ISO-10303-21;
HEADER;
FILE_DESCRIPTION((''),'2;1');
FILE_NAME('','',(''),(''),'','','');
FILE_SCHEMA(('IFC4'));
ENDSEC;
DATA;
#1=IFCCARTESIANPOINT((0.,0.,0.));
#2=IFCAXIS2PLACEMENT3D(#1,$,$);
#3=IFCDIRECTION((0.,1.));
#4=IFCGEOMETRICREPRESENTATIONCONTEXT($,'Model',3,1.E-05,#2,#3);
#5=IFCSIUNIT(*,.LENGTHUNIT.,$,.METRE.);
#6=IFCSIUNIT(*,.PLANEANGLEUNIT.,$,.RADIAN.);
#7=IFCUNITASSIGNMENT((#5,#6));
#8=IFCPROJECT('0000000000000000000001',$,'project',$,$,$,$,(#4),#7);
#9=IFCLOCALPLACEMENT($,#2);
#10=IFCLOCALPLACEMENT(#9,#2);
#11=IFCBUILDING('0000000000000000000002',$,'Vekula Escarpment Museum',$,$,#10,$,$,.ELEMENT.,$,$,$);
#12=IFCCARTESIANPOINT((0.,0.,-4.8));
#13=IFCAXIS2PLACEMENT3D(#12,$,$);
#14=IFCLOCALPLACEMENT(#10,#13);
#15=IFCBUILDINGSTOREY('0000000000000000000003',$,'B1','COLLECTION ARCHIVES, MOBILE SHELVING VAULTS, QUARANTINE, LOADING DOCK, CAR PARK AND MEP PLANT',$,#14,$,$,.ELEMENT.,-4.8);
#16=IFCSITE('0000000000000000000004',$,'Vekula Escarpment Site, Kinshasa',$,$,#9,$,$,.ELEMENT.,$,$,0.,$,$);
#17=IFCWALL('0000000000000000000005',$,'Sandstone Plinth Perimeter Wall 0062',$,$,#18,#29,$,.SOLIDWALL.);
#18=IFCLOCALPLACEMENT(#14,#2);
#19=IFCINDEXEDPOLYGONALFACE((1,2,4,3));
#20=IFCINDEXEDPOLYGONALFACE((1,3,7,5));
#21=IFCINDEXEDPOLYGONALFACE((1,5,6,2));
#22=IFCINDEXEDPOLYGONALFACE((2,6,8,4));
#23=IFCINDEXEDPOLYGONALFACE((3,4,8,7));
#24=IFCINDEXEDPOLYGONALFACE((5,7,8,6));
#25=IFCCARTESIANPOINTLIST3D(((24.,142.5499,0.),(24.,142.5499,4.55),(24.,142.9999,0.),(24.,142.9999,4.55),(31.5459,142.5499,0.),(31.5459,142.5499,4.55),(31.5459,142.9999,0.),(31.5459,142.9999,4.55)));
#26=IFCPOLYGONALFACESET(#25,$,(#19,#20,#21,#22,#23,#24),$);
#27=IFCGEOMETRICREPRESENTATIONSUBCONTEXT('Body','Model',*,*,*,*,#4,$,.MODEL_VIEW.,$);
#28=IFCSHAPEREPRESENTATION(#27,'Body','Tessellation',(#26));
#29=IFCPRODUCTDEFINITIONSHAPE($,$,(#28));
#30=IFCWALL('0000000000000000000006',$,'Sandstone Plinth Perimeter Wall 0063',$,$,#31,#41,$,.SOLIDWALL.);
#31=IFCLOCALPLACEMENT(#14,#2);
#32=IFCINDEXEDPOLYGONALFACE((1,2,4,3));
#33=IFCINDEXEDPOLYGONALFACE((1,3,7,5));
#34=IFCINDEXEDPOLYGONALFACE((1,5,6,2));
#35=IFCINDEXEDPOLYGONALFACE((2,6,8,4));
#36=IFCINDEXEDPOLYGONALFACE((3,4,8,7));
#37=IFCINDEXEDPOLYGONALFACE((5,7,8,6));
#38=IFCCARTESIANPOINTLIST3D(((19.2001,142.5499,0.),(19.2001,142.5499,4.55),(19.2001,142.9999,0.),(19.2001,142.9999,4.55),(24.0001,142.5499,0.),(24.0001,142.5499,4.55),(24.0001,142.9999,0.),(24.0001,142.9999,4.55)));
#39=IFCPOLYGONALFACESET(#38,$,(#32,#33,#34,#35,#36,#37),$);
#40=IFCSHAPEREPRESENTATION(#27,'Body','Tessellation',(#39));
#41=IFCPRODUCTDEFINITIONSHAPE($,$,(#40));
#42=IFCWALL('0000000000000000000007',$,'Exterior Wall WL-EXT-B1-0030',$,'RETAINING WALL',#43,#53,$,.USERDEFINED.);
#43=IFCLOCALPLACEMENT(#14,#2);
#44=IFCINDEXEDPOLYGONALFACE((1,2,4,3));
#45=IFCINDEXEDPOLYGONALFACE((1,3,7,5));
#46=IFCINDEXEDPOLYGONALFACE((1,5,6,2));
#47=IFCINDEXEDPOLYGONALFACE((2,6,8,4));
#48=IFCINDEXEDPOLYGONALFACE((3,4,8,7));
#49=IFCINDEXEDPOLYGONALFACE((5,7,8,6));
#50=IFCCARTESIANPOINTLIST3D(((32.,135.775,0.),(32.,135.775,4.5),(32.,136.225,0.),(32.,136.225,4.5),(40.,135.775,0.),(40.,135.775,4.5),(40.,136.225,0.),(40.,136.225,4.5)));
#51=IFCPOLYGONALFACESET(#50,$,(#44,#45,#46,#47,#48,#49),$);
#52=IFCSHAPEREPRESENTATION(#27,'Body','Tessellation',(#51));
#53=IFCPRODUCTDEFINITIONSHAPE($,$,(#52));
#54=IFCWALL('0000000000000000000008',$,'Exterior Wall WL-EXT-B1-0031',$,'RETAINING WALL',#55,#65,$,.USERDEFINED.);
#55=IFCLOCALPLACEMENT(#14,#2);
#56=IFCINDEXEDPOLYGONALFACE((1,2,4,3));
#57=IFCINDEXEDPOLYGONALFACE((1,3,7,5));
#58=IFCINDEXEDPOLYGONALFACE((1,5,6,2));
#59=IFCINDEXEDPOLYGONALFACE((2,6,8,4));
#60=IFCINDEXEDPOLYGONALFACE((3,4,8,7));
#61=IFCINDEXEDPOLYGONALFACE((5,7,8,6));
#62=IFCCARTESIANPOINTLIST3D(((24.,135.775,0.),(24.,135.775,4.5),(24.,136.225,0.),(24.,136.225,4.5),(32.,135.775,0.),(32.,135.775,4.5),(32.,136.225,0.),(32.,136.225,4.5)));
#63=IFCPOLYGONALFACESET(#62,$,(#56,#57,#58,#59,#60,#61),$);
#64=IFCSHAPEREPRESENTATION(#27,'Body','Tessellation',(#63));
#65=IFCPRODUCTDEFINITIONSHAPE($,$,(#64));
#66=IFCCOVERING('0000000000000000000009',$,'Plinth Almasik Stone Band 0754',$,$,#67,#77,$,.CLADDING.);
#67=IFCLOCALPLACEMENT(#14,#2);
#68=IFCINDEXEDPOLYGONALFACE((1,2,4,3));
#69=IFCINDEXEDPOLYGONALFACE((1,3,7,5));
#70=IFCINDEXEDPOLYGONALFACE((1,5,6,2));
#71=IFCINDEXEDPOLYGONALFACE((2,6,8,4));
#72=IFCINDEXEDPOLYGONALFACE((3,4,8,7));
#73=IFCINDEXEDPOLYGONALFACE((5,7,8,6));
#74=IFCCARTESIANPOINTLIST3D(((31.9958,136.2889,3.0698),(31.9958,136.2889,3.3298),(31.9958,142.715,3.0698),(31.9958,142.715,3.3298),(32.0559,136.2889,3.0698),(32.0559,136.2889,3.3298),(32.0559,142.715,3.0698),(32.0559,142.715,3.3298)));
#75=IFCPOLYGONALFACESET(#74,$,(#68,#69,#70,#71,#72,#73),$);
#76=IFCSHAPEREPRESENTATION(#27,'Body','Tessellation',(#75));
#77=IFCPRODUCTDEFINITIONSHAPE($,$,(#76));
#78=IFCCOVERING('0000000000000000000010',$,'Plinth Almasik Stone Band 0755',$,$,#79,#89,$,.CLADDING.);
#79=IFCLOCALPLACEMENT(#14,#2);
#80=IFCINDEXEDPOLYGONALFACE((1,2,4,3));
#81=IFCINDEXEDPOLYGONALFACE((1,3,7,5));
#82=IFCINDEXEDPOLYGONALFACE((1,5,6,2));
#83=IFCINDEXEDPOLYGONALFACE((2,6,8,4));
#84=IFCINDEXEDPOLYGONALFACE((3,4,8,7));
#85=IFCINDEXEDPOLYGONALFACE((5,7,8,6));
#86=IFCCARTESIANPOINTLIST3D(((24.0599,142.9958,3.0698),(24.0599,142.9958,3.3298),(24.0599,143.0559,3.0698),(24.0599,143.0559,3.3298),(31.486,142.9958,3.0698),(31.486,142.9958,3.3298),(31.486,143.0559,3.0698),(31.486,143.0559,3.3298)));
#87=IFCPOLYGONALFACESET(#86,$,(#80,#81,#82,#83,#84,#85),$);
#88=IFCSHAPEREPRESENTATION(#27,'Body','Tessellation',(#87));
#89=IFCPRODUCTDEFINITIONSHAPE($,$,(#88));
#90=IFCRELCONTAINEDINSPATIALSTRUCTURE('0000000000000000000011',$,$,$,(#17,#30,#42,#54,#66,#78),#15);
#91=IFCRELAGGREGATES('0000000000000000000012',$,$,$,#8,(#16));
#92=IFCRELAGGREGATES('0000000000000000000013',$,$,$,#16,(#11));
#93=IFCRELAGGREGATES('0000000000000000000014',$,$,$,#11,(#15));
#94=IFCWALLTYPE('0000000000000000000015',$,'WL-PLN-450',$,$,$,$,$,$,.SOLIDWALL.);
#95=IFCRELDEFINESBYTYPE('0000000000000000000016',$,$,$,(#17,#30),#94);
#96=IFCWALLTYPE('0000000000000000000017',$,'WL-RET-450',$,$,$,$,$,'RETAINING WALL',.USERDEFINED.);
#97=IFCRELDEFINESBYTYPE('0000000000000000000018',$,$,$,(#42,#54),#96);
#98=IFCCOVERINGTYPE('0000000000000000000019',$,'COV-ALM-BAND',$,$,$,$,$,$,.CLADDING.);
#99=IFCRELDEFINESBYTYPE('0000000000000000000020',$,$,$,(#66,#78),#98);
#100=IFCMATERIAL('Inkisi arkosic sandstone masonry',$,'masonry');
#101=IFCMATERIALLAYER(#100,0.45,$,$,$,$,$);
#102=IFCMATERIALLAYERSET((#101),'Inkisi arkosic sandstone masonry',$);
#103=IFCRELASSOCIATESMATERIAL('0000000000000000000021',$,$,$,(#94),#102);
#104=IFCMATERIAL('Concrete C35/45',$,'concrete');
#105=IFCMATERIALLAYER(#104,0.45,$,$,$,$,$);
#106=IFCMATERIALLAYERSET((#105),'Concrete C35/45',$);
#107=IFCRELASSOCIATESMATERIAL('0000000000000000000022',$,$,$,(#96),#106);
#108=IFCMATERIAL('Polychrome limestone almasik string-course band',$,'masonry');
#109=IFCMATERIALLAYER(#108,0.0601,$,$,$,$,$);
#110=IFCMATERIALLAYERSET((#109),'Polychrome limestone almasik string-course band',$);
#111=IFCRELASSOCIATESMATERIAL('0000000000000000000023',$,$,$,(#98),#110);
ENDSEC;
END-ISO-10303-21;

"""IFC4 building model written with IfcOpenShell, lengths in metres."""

from ifc_helpers import new_model, si_unit, direction, frame, frame_2d, origin, origin_2d, place, context, subcontext, project, spatial, rectangle, extrude, material, layer, layer_set, type_object, element, save


model = new_model("IFC4")

# Units and contexts
model_context = context("Model", 3, precision=1e-05, world=origin(), true_north=direction((0.0, 1.0)))
body_context = subcontext(model_context, "Body", "Model", "MODEL_VIEW")
ifc_project = project(units=[si_unit("LENGTHUNIT", "METRE"), si_unit("PLANEANGLEUNIT", "RADIAN")], contexts=[model_context])

# Site, building, storey
site_placement = place(None, origin())
site = spatial("IfcSite", under=ifc_project, at=site_placement, Name="Vekula Escarpment Site, Kinshasa", CompositionType="ELEMENT", RefElevation=0.0)
building_placement = place(site_placement, origin())
building = spatial("IfcBuilding", under=site, at=building_placement, Name="Vekula Escarpment Museum", CompositionType="ELEMENT")
storey_placement = place(building_placement, frame((0.0, 0.0, -4.8)))
storey = spatial("IfcBuildingStorey", under=building, at=storey_placement, Name="B1", Description="COLLECTION ARCHIVES, MOBILE SHELVING VAULTS, QUARANTINE, LOADING DOCK, CAR PARK AND MEP PLANT", CompositionType="ELEMENT", Elevation=-4.8)

# Walls
ifc_material_1 = material(Name="Inkisi arkosic sandstone masonry", Category="masonry")
ifc_layer_1 = layer(ifc_material_1, 0.45)
ifc_layer_set_1 = layer_set([ifc_layer_1], Name="Inkisi arkosic sandstone masonry")
wall_type_1 = type_object("IfcWallType", Name="WL-PLN-450", PredefinedType="SOLIDWALL", material=ifc_layer_set_1)
wall_1_placement = place(storey_placement, frame((31.5459, 142.7749, 0.0), z_axis=(0.0, 0.0, 1.0), x_axis=(-1.0, 0.0, 0.0)))
element("IfcWall", 1, at=wall_1_placement, inside=storey, type_object=wall_type_1, Name="Sandstone Plinth Perimeter Wall 0062", PredefinedType="SOLIDWALL", context=body_context, shape_type="SweptSolid", body=[
    extrude(rectangle(XDim=7.5459, YDim=0.45, at=frame_2d((3.7729, 0.0))), origin(), (0.0, 0.0, 1.0), 4.55),
])
wall_2_placement = place(storey_placement, frame((24.0, 142.7749, 0.0), z_axis=(0.0, 0.0, 1.0), x_axis=(-1.0, 0.0, 0.0)))
element("IfcWall", 2, at=wall_2_placement, inside=storey, type_object=wall_type_1, Name="Sandstone Plinth Perimeter Wall 0063", PredefinedType="SOLIDWALL", context=body_context, shape_type="SweptSolid", body=[
    extrude(rectangle(XDim=4.8, YDim=0.45, at=frame_2d((2.3999, 0.0))), origin(), (0.0, 0.0, 1.0), 4.55),
])
ifc_material_2 = material(Name="Concrete C35/45", Category="concrete")
ifc_layer_2 = layer(ifc_material_2, 0.45)
ifc_layer_set_2 = layer_set([ifc_layer_2], Name="Concrete C35/45")
wall_type_2 = type_object("IfcWallType", Name="WL-RET-450", ElementType="RETAINING WALL", PredefinedType="USERDEFINED", material=ifc_layer_set_2)
for number, where, z_axis, x_axis, name in (
    (3, (32.0, 136.0, 0.0), (0.0, 0.0, 1.0), (1.0, 0.0, 0.0), "Exterior Wall WL-EXT-B1-0030"),
    (4, (24.0, 136.0, 0.0), (0.0, 0.0, 1.0), (1.0, 0.0, 0.0), "Exterior Wall WL-EXT-B1-0031"),
):
    element("IfcWall", number, at=place(storey_placement, frame(where, z_axis=z_axis, x_axis=x_axis)), inside=storey, type_object=wall_type_2, Name=name, ObjectType="RETAINING WALL", PredefinedType="USERDEFINED", context=body_context, shape_type="SweptSolid", body=[
        extrude(rectangle(XDim=8.0, YDim=0.45, at=frame_2d((4.0, 0.0))), origin(), (0.0, 0.0, 1.0), 4.5),
    ])

# Coverings
ifc_material_3 = material(Name="Polychrome limestone almasik string-course band", Category="masonry")
ifc_layer_3 = layer(ifc_material_3, 0.0601)
ifc_layer_set_3 = layer_set([ifc_layer_3], Name="Polychrome limestone almasik string-course band")
covering_type = type_object("IfcCoveringType", Name="COV-ALM-BAND", PredefinedType="CLADDING", material=ifc_layer_set_3)
covering_1_placement = place(storey_placement, frame((32.0259, 139.502, 3.0698), z_axis=(0.0, 0.0, 1.0), x_axis=(0.0, 1.0, 0.0)))
element("IfcCovering", 5, at=covering_1_placement, inside=storey, type_object=covering_type, Name="Plinth Almasik Stone Band 0754", PredefinedType="CLADDING", context=body_context, shape_type="SweptSolid", body=[
    extrude(rectangle(XDim=6.426, YDim=0.0601, at=origin_2d()), origin(), (0.0, 0.0, 1.0), 0.26),
])
covering_2_placement = place(storey_placement, frame((27.7729, 143.0259, 3.0698), z_axis=(0.0, 0.0, 1.0), x_axis=(1.0, 0.0, 0.0)))
element("IfcCovering", 6, at=covering_2_placement, inside=storey, type_object=covering_type, Name="Plinth Almasik Stone Band 0755", PredefinedType="CLADDING", context=body_context, shape_type="SweptSolid", body=[
    extrude(rectangle(XDim=7.426, YDim=0.0601, at=origin_2d()), origin(), (0.0, 0.0, 1.0), 0.26),
])

save(model, "model.ifc")
